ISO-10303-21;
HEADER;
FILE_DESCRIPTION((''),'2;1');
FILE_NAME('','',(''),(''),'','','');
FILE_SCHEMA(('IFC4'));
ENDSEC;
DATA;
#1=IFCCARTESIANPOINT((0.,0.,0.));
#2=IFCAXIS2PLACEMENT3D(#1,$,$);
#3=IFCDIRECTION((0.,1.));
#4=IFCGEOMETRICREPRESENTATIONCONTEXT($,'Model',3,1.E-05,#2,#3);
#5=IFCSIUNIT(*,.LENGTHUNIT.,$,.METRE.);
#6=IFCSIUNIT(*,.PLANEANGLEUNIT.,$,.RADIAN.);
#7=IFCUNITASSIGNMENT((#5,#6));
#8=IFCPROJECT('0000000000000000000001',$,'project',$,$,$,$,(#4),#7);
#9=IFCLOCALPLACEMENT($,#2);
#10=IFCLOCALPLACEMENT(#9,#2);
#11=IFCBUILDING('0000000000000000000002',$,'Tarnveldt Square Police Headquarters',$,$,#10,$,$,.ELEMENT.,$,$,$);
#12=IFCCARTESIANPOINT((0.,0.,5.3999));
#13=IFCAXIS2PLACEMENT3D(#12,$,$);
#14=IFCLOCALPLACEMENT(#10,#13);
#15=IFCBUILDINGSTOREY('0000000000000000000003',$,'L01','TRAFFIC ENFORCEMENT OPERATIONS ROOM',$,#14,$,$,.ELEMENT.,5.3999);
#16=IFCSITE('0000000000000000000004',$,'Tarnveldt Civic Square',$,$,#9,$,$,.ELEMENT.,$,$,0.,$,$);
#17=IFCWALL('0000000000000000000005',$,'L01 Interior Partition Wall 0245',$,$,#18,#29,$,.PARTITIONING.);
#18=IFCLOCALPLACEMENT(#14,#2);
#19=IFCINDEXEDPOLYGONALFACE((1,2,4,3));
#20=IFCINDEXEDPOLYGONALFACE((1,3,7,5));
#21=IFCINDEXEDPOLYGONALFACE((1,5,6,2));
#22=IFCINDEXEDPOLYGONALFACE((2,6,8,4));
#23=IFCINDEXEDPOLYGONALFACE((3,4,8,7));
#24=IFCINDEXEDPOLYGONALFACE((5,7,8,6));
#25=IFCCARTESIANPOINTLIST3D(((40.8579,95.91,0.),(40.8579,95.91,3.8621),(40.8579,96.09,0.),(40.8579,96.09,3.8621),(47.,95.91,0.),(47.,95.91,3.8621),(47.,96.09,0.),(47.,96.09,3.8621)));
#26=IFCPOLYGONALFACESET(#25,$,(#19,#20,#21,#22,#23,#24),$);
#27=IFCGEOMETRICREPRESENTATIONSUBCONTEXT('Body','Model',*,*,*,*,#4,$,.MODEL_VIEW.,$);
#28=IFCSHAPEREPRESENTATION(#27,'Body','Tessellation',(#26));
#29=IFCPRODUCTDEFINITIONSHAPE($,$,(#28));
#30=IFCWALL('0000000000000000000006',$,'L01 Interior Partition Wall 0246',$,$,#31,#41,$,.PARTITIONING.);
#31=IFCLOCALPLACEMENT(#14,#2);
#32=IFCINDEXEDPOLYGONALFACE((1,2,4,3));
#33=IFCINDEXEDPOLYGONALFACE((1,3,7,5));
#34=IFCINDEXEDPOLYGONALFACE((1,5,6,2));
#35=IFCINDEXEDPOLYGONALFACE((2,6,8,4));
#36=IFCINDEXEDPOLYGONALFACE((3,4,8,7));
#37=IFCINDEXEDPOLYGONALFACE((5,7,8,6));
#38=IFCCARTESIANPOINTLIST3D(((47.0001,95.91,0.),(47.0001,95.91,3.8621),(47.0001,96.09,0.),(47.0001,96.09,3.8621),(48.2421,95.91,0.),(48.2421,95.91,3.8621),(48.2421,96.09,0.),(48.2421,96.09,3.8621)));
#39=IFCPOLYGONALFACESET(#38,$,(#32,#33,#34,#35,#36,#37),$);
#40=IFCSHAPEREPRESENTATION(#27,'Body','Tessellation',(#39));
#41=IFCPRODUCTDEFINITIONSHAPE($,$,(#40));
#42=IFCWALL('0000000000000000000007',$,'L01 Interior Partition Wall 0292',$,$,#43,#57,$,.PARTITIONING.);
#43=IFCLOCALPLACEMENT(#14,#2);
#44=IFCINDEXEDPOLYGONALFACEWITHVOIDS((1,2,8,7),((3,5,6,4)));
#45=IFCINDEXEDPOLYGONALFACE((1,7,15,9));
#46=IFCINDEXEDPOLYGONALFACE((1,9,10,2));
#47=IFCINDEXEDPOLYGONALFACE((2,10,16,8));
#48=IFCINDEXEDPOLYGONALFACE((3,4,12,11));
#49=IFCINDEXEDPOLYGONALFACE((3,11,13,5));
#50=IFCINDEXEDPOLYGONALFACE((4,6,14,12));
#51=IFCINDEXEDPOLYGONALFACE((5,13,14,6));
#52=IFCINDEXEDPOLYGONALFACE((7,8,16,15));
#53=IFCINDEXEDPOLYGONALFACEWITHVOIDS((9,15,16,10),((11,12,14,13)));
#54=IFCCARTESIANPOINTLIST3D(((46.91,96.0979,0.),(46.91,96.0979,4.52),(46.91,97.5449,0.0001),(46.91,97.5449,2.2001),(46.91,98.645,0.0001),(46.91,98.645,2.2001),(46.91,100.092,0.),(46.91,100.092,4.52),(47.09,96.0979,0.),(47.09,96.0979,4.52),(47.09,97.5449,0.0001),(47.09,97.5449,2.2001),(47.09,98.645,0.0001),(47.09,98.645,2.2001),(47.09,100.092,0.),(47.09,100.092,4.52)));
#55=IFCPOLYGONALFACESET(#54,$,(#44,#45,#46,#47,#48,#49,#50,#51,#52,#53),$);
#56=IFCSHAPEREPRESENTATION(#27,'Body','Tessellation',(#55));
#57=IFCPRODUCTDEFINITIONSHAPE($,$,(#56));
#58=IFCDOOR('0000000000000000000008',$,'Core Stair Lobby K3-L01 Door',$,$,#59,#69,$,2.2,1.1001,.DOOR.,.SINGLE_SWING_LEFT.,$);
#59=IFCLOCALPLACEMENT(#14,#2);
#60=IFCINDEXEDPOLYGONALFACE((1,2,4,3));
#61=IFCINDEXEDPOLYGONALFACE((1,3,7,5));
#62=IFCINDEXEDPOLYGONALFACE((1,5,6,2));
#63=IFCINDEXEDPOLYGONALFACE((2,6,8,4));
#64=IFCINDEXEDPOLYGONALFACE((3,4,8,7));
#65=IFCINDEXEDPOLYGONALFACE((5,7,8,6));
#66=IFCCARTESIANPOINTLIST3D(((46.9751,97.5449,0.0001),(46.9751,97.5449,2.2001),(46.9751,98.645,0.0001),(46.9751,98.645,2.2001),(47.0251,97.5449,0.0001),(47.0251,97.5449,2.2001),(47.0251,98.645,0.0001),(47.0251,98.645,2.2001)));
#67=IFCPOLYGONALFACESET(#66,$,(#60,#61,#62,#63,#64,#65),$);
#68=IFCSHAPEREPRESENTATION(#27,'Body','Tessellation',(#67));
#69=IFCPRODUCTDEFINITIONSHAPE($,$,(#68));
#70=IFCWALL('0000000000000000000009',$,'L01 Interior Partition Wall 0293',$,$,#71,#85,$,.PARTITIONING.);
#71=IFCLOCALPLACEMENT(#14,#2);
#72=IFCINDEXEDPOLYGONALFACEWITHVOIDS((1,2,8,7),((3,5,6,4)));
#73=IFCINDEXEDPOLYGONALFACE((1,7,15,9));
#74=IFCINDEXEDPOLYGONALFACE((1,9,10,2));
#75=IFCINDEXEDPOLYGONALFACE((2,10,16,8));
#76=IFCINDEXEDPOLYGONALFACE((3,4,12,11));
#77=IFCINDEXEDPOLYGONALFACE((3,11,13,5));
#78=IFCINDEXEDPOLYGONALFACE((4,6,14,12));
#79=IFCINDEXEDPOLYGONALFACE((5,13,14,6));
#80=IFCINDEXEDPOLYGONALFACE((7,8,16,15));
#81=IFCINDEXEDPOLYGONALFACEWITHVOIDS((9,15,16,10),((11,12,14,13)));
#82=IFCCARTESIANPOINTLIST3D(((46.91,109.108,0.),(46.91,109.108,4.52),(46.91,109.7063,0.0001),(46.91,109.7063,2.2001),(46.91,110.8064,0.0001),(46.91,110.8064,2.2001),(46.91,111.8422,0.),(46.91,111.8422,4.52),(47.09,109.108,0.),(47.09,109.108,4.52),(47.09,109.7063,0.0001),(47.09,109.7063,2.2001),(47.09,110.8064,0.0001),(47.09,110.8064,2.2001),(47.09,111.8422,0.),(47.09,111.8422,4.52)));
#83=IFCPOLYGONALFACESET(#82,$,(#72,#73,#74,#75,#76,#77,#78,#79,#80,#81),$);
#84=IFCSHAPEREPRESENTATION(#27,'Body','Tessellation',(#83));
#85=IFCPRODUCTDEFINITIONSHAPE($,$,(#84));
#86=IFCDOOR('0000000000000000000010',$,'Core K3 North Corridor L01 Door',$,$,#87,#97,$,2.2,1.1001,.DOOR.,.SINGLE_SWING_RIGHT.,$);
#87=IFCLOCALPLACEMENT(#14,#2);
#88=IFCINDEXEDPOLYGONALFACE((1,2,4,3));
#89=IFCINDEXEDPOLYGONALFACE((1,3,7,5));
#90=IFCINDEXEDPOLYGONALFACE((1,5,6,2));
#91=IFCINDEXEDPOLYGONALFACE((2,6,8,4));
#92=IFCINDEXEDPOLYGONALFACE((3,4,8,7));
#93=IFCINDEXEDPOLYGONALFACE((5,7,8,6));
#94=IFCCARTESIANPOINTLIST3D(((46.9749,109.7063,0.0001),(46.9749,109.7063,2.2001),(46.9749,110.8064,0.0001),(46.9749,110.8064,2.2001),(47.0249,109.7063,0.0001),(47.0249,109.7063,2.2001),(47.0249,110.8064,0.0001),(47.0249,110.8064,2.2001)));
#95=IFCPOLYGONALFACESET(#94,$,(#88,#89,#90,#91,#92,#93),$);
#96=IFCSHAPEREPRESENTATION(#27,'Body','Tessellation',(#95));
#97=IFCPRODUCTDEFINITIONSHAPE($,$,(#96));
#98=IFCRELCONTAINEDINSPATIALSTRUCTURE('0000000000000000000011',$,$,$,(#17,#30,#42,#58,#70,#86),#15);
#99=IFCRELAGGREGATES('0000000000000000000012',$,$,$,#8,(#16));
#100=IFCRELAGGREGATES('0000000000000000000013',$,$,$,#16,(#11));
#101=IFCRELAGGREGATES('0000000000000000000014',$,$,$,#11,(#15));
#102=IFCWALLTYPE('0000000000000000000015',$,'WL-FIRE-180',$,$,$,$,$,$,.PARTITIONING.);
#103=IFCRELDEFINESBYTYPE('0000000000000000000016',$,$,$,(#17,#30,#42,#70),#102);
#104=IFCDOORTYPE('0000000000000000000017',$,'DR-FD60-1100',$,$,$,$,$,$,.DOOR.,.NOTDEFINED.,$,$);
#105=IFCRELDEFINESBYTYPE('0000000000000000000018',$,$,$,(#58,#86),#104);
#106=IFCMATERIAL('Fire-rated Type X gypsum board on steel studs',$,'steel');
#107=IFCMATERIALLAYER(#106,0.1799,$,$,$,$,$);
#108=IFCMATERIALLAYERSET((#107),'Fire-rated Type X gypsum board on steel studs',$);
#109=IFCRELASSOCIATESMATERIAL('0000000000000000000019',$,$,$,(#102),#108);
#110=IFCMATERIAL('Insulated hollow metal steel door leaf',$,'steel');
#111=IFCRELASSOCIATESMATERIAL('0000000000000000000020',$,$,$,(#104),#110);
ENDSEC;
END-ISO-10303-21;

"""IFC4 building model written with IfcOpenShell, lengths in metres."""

from ifc_helpers import new_model, si_unit, direction, frame, frame_2d, origin, place, context, subcontext, project, spatial, rectangle, extrude, material, layer, layer_set, type_object, element, fill, save


model = new_model("IFC4")

# Units and contexts
model_context = context("Model", 3, precision=1e-05, world=origin(), true_north=direction((0.0, 1.0)))
body_context = subcontext(model_context, "Body", "Model", "MODEL_VIEW")
ifc_project = project(units=[si_unit("LENGTHUNIT", "METRE"), si_unit("PLANEANGLEUNIT", "RADIAN")], contexts=[model_context])

# Site, building, storey
site_placement = place(None, origin())
site = spatial("IfcSite", under=ifc_project, at=site_placement, Name="Tarnveldt Civic Square", CompositionType="ELEMENT", RefElevation=0.0)
building_placement = place(site_placement, origin())
building = spatial("IfcBuilding", under=site, at=building_placement, Name="Tarnveldt Square Police Headquarters", CompositionType="ELEMENT")
storey_placement = place(building_placement, frame((0.0, 0.0, 5.3999)))
storey = spatial("IfcBuildingStorey", under=building, at=storey_placement, Name="L01", Description="TRAFFIC ENFORCEMENT OPERATIONS ROOM", CompositionType="ELEMENT", Elevation=5.3999)

# Shared definitions
ifc_material_1 = material(Name="Insulated hollow metal steel door leaf", Category="steel")

# Walls
ifc_material_2 = material(Name="Fire-rated Type X gypsum board on steel studs", Category="steel")
ifc_layer_1 = layer(ifc_material_2, 0.1799)
ifc_layer_set_1 = layer_set([ifc_layer_1], Name="Fire-rated Type X gypsum board on steel studs")
wall_type_1 = type_object("IfcWallType", Name="WL-FIRE-180", PredefinedType="PARTITIONING", material=ifc_layer_set_1)
wall_1_placement = place(storey_placement, frame((40.8579, 96.0, 0.0), z_axis=(0.0, 0.0, 1.0), x_axis=(1.0, 0.0, 0.0)))
element("IfcWall", 1, at=wall_1_placement, inside=storey, type_object=wall_type_1, Name="L01 Interior Partition Wall 0245", PredefinedType="PARTITIONING", context=body_context, shape_type="SweptSolid", body=[
    extrude(rectangle(XDim=6.1421, YDim=0.1799, at=frame_2d((3.071, 0.0))), origin(), (0.0, 0.0, 1.0), 3.8621),
])
wall_2_placement = place(storey_placement, frame((47.0, 96.0, 0.0), z_axis=(0.0, 0.0, 1.0), x_axis=(1.0, 0.0, 0.0)))
element("IfcWall", 2, at=wall_2_placement, inside=storey, type_object=wall_type_1, Name="L01 Interior Partition Wall 0246", PredefinedType="PARTITIONING", context=body_context, shape_type="SweptSolid", body=[
    extrude(rectangle(XDim=1.2419, YDim=0.1799, at=frame_2d((0.6211, 0.0))), origin(), (0.0, 0.0, 1.0), 3.8621),
])

# Walls, openings, doors
wall_3_placement = place(storey_placement, frame((47.0, 96.0979, 0.0), z_axis=(0.0, 0.0, 1.0), x_axis=(0.0, 1.0, 0.0)))
wall_3 = element("IfcWall", 3, at=wall_3_placement, inside=storey, type_object=wall_type_1, Name="L01 Interior Partition Wall 0292", PredefinedType="PARTITIONING", context=body_context, shape_type="SweptSolid", body=[
    extrude(rectangle(XDim=3.9941, YDim=0.1799, at=frame_2d((1.9971, 0.0))), origin(), (0.0, 0.0, 1.0), 4.52),
])
opening_1_placement = place(wall_3_placement, frame((1.447, 0.0, 0.0)))
opening_1 = element("IfcOpeningElement", 4, at=opening_1_placement, cuts=wall_3, PredefinedType="OPENING", context=body_context, shape_type="SweptSolid", body=[
    extrude(rectangle(XDim=1.1001, YDim=2.2, at=frame_2d((0.55, 1.1001))), frame((0.0, 0.0999, 0.0), z_axis=(0.0, -1.0, 0.0), x_axis=(1.0, 0.0, 0.0)), (0.0, 0.0, 1.0), 0.2),
])
door_type_1 = type_object("IfcDoorType", Name="DR-FD60-1100", OperationType="NOTDEFINED", PredefinedType="DOOR", material=ifc_material_1)
door_1_placement = place(opening_1_placement, origin())
door_1 = element("IfcDoor", 5, at=door_1_placement, inside=storey, type_object=door_type_1, Name="Core Stair Lobby K3-L01 Door", OperationType="SINGLE_SWING_LEFT", OverallHeight=2.2, OverallWidth=1.1001, PredefinedType="DOOR", context=body_context, shape_type="SweptSolid", body=[
    extrude(rectangle(XDim=1.1001, YDim=2.2, at=frame_2d((0.55, 1.1001))), frame((0.0, 0.0249, 0.0), z_axis=(0.0, -1.0, 0.0), x_axis=(1.0, 0.0, 0.0)), (0.0, 0.0, 1.0), 0.05),
])
fill(opening_1, door_1)
wall_4_placement = place(storey_placement, frame((47.0, 109.1079, 0.0), z_axis=(0.0, 0.0, 1.0), x_axis=(0.0, 1.0, 0.0)))
wall_4 = element("IfcWall", 6, at=wall_4_placement, inside=storey, type_object=wall_type_1, Name="L01 Interior Partition Wall 0293", PredefinedType="PARTITIONING", context=body_context, shape_type="SweptSolid", body=[
    extrude(rectangle(XDim=2.7341, YDim=0.1799, at=frame_2d((1.3672, 0.0))), origin(), (0.0, 0.0, 1.0), 4.52),
])
opening_2_placement = place(wall_4_placement, frame((0.5984, 0.0, 0.0)))
opening_2 = element("IfcOpeningElement", 7, at=opening_2_placement, cuts=wall_4, PredefinedType="OPENING", context=body_context, shape_type="SweptSolid", body=[
    extrude(rectangle(XDim=1.1001, YDim=2.2, at=frame_2d((0.55, 1.1001))), frame((0.0, 0.0999, 0.0), z_axis=(0.0, -1.0, 0.0), x_axis=(1.0, 0.0, 0.0)), (0.0, 0.0, 1.0), 0.2),
])
door_2_placement = place(opening_2_placement, frame((1.1001, 0.0, 0.0), z_axis=(0.0, 0.0, 1.0), x_axis=(-1.0, 0.0, 0.0)))
door_2 = element("IfcDoor", 8, at=door_2_placement, inside=storey, type_object=door_type_1, Name="Core K3 North Corridor L01 Door", OperationType="SINGLE_SWING_RIGHT", OverallHeight=2.2, OverallWidth=1.1001, PredefinedType="DOOR", context=body_context, shape_type="SweptSolid", body=[
    extrude(rectangle(XDim=1.1001, YDim=2.2, at=frame_2d((0.55, 1.1001))), frame((0.0, 0.0249, 0.0), z_axis=(0.0, -1.0, 0.0), x_axis=(1.0, 0.0, 0.0)), (0.0, 0.0, 1.0), 0.05),
])
fill(opening_2, door_2)

save(model, "model.ifc")
